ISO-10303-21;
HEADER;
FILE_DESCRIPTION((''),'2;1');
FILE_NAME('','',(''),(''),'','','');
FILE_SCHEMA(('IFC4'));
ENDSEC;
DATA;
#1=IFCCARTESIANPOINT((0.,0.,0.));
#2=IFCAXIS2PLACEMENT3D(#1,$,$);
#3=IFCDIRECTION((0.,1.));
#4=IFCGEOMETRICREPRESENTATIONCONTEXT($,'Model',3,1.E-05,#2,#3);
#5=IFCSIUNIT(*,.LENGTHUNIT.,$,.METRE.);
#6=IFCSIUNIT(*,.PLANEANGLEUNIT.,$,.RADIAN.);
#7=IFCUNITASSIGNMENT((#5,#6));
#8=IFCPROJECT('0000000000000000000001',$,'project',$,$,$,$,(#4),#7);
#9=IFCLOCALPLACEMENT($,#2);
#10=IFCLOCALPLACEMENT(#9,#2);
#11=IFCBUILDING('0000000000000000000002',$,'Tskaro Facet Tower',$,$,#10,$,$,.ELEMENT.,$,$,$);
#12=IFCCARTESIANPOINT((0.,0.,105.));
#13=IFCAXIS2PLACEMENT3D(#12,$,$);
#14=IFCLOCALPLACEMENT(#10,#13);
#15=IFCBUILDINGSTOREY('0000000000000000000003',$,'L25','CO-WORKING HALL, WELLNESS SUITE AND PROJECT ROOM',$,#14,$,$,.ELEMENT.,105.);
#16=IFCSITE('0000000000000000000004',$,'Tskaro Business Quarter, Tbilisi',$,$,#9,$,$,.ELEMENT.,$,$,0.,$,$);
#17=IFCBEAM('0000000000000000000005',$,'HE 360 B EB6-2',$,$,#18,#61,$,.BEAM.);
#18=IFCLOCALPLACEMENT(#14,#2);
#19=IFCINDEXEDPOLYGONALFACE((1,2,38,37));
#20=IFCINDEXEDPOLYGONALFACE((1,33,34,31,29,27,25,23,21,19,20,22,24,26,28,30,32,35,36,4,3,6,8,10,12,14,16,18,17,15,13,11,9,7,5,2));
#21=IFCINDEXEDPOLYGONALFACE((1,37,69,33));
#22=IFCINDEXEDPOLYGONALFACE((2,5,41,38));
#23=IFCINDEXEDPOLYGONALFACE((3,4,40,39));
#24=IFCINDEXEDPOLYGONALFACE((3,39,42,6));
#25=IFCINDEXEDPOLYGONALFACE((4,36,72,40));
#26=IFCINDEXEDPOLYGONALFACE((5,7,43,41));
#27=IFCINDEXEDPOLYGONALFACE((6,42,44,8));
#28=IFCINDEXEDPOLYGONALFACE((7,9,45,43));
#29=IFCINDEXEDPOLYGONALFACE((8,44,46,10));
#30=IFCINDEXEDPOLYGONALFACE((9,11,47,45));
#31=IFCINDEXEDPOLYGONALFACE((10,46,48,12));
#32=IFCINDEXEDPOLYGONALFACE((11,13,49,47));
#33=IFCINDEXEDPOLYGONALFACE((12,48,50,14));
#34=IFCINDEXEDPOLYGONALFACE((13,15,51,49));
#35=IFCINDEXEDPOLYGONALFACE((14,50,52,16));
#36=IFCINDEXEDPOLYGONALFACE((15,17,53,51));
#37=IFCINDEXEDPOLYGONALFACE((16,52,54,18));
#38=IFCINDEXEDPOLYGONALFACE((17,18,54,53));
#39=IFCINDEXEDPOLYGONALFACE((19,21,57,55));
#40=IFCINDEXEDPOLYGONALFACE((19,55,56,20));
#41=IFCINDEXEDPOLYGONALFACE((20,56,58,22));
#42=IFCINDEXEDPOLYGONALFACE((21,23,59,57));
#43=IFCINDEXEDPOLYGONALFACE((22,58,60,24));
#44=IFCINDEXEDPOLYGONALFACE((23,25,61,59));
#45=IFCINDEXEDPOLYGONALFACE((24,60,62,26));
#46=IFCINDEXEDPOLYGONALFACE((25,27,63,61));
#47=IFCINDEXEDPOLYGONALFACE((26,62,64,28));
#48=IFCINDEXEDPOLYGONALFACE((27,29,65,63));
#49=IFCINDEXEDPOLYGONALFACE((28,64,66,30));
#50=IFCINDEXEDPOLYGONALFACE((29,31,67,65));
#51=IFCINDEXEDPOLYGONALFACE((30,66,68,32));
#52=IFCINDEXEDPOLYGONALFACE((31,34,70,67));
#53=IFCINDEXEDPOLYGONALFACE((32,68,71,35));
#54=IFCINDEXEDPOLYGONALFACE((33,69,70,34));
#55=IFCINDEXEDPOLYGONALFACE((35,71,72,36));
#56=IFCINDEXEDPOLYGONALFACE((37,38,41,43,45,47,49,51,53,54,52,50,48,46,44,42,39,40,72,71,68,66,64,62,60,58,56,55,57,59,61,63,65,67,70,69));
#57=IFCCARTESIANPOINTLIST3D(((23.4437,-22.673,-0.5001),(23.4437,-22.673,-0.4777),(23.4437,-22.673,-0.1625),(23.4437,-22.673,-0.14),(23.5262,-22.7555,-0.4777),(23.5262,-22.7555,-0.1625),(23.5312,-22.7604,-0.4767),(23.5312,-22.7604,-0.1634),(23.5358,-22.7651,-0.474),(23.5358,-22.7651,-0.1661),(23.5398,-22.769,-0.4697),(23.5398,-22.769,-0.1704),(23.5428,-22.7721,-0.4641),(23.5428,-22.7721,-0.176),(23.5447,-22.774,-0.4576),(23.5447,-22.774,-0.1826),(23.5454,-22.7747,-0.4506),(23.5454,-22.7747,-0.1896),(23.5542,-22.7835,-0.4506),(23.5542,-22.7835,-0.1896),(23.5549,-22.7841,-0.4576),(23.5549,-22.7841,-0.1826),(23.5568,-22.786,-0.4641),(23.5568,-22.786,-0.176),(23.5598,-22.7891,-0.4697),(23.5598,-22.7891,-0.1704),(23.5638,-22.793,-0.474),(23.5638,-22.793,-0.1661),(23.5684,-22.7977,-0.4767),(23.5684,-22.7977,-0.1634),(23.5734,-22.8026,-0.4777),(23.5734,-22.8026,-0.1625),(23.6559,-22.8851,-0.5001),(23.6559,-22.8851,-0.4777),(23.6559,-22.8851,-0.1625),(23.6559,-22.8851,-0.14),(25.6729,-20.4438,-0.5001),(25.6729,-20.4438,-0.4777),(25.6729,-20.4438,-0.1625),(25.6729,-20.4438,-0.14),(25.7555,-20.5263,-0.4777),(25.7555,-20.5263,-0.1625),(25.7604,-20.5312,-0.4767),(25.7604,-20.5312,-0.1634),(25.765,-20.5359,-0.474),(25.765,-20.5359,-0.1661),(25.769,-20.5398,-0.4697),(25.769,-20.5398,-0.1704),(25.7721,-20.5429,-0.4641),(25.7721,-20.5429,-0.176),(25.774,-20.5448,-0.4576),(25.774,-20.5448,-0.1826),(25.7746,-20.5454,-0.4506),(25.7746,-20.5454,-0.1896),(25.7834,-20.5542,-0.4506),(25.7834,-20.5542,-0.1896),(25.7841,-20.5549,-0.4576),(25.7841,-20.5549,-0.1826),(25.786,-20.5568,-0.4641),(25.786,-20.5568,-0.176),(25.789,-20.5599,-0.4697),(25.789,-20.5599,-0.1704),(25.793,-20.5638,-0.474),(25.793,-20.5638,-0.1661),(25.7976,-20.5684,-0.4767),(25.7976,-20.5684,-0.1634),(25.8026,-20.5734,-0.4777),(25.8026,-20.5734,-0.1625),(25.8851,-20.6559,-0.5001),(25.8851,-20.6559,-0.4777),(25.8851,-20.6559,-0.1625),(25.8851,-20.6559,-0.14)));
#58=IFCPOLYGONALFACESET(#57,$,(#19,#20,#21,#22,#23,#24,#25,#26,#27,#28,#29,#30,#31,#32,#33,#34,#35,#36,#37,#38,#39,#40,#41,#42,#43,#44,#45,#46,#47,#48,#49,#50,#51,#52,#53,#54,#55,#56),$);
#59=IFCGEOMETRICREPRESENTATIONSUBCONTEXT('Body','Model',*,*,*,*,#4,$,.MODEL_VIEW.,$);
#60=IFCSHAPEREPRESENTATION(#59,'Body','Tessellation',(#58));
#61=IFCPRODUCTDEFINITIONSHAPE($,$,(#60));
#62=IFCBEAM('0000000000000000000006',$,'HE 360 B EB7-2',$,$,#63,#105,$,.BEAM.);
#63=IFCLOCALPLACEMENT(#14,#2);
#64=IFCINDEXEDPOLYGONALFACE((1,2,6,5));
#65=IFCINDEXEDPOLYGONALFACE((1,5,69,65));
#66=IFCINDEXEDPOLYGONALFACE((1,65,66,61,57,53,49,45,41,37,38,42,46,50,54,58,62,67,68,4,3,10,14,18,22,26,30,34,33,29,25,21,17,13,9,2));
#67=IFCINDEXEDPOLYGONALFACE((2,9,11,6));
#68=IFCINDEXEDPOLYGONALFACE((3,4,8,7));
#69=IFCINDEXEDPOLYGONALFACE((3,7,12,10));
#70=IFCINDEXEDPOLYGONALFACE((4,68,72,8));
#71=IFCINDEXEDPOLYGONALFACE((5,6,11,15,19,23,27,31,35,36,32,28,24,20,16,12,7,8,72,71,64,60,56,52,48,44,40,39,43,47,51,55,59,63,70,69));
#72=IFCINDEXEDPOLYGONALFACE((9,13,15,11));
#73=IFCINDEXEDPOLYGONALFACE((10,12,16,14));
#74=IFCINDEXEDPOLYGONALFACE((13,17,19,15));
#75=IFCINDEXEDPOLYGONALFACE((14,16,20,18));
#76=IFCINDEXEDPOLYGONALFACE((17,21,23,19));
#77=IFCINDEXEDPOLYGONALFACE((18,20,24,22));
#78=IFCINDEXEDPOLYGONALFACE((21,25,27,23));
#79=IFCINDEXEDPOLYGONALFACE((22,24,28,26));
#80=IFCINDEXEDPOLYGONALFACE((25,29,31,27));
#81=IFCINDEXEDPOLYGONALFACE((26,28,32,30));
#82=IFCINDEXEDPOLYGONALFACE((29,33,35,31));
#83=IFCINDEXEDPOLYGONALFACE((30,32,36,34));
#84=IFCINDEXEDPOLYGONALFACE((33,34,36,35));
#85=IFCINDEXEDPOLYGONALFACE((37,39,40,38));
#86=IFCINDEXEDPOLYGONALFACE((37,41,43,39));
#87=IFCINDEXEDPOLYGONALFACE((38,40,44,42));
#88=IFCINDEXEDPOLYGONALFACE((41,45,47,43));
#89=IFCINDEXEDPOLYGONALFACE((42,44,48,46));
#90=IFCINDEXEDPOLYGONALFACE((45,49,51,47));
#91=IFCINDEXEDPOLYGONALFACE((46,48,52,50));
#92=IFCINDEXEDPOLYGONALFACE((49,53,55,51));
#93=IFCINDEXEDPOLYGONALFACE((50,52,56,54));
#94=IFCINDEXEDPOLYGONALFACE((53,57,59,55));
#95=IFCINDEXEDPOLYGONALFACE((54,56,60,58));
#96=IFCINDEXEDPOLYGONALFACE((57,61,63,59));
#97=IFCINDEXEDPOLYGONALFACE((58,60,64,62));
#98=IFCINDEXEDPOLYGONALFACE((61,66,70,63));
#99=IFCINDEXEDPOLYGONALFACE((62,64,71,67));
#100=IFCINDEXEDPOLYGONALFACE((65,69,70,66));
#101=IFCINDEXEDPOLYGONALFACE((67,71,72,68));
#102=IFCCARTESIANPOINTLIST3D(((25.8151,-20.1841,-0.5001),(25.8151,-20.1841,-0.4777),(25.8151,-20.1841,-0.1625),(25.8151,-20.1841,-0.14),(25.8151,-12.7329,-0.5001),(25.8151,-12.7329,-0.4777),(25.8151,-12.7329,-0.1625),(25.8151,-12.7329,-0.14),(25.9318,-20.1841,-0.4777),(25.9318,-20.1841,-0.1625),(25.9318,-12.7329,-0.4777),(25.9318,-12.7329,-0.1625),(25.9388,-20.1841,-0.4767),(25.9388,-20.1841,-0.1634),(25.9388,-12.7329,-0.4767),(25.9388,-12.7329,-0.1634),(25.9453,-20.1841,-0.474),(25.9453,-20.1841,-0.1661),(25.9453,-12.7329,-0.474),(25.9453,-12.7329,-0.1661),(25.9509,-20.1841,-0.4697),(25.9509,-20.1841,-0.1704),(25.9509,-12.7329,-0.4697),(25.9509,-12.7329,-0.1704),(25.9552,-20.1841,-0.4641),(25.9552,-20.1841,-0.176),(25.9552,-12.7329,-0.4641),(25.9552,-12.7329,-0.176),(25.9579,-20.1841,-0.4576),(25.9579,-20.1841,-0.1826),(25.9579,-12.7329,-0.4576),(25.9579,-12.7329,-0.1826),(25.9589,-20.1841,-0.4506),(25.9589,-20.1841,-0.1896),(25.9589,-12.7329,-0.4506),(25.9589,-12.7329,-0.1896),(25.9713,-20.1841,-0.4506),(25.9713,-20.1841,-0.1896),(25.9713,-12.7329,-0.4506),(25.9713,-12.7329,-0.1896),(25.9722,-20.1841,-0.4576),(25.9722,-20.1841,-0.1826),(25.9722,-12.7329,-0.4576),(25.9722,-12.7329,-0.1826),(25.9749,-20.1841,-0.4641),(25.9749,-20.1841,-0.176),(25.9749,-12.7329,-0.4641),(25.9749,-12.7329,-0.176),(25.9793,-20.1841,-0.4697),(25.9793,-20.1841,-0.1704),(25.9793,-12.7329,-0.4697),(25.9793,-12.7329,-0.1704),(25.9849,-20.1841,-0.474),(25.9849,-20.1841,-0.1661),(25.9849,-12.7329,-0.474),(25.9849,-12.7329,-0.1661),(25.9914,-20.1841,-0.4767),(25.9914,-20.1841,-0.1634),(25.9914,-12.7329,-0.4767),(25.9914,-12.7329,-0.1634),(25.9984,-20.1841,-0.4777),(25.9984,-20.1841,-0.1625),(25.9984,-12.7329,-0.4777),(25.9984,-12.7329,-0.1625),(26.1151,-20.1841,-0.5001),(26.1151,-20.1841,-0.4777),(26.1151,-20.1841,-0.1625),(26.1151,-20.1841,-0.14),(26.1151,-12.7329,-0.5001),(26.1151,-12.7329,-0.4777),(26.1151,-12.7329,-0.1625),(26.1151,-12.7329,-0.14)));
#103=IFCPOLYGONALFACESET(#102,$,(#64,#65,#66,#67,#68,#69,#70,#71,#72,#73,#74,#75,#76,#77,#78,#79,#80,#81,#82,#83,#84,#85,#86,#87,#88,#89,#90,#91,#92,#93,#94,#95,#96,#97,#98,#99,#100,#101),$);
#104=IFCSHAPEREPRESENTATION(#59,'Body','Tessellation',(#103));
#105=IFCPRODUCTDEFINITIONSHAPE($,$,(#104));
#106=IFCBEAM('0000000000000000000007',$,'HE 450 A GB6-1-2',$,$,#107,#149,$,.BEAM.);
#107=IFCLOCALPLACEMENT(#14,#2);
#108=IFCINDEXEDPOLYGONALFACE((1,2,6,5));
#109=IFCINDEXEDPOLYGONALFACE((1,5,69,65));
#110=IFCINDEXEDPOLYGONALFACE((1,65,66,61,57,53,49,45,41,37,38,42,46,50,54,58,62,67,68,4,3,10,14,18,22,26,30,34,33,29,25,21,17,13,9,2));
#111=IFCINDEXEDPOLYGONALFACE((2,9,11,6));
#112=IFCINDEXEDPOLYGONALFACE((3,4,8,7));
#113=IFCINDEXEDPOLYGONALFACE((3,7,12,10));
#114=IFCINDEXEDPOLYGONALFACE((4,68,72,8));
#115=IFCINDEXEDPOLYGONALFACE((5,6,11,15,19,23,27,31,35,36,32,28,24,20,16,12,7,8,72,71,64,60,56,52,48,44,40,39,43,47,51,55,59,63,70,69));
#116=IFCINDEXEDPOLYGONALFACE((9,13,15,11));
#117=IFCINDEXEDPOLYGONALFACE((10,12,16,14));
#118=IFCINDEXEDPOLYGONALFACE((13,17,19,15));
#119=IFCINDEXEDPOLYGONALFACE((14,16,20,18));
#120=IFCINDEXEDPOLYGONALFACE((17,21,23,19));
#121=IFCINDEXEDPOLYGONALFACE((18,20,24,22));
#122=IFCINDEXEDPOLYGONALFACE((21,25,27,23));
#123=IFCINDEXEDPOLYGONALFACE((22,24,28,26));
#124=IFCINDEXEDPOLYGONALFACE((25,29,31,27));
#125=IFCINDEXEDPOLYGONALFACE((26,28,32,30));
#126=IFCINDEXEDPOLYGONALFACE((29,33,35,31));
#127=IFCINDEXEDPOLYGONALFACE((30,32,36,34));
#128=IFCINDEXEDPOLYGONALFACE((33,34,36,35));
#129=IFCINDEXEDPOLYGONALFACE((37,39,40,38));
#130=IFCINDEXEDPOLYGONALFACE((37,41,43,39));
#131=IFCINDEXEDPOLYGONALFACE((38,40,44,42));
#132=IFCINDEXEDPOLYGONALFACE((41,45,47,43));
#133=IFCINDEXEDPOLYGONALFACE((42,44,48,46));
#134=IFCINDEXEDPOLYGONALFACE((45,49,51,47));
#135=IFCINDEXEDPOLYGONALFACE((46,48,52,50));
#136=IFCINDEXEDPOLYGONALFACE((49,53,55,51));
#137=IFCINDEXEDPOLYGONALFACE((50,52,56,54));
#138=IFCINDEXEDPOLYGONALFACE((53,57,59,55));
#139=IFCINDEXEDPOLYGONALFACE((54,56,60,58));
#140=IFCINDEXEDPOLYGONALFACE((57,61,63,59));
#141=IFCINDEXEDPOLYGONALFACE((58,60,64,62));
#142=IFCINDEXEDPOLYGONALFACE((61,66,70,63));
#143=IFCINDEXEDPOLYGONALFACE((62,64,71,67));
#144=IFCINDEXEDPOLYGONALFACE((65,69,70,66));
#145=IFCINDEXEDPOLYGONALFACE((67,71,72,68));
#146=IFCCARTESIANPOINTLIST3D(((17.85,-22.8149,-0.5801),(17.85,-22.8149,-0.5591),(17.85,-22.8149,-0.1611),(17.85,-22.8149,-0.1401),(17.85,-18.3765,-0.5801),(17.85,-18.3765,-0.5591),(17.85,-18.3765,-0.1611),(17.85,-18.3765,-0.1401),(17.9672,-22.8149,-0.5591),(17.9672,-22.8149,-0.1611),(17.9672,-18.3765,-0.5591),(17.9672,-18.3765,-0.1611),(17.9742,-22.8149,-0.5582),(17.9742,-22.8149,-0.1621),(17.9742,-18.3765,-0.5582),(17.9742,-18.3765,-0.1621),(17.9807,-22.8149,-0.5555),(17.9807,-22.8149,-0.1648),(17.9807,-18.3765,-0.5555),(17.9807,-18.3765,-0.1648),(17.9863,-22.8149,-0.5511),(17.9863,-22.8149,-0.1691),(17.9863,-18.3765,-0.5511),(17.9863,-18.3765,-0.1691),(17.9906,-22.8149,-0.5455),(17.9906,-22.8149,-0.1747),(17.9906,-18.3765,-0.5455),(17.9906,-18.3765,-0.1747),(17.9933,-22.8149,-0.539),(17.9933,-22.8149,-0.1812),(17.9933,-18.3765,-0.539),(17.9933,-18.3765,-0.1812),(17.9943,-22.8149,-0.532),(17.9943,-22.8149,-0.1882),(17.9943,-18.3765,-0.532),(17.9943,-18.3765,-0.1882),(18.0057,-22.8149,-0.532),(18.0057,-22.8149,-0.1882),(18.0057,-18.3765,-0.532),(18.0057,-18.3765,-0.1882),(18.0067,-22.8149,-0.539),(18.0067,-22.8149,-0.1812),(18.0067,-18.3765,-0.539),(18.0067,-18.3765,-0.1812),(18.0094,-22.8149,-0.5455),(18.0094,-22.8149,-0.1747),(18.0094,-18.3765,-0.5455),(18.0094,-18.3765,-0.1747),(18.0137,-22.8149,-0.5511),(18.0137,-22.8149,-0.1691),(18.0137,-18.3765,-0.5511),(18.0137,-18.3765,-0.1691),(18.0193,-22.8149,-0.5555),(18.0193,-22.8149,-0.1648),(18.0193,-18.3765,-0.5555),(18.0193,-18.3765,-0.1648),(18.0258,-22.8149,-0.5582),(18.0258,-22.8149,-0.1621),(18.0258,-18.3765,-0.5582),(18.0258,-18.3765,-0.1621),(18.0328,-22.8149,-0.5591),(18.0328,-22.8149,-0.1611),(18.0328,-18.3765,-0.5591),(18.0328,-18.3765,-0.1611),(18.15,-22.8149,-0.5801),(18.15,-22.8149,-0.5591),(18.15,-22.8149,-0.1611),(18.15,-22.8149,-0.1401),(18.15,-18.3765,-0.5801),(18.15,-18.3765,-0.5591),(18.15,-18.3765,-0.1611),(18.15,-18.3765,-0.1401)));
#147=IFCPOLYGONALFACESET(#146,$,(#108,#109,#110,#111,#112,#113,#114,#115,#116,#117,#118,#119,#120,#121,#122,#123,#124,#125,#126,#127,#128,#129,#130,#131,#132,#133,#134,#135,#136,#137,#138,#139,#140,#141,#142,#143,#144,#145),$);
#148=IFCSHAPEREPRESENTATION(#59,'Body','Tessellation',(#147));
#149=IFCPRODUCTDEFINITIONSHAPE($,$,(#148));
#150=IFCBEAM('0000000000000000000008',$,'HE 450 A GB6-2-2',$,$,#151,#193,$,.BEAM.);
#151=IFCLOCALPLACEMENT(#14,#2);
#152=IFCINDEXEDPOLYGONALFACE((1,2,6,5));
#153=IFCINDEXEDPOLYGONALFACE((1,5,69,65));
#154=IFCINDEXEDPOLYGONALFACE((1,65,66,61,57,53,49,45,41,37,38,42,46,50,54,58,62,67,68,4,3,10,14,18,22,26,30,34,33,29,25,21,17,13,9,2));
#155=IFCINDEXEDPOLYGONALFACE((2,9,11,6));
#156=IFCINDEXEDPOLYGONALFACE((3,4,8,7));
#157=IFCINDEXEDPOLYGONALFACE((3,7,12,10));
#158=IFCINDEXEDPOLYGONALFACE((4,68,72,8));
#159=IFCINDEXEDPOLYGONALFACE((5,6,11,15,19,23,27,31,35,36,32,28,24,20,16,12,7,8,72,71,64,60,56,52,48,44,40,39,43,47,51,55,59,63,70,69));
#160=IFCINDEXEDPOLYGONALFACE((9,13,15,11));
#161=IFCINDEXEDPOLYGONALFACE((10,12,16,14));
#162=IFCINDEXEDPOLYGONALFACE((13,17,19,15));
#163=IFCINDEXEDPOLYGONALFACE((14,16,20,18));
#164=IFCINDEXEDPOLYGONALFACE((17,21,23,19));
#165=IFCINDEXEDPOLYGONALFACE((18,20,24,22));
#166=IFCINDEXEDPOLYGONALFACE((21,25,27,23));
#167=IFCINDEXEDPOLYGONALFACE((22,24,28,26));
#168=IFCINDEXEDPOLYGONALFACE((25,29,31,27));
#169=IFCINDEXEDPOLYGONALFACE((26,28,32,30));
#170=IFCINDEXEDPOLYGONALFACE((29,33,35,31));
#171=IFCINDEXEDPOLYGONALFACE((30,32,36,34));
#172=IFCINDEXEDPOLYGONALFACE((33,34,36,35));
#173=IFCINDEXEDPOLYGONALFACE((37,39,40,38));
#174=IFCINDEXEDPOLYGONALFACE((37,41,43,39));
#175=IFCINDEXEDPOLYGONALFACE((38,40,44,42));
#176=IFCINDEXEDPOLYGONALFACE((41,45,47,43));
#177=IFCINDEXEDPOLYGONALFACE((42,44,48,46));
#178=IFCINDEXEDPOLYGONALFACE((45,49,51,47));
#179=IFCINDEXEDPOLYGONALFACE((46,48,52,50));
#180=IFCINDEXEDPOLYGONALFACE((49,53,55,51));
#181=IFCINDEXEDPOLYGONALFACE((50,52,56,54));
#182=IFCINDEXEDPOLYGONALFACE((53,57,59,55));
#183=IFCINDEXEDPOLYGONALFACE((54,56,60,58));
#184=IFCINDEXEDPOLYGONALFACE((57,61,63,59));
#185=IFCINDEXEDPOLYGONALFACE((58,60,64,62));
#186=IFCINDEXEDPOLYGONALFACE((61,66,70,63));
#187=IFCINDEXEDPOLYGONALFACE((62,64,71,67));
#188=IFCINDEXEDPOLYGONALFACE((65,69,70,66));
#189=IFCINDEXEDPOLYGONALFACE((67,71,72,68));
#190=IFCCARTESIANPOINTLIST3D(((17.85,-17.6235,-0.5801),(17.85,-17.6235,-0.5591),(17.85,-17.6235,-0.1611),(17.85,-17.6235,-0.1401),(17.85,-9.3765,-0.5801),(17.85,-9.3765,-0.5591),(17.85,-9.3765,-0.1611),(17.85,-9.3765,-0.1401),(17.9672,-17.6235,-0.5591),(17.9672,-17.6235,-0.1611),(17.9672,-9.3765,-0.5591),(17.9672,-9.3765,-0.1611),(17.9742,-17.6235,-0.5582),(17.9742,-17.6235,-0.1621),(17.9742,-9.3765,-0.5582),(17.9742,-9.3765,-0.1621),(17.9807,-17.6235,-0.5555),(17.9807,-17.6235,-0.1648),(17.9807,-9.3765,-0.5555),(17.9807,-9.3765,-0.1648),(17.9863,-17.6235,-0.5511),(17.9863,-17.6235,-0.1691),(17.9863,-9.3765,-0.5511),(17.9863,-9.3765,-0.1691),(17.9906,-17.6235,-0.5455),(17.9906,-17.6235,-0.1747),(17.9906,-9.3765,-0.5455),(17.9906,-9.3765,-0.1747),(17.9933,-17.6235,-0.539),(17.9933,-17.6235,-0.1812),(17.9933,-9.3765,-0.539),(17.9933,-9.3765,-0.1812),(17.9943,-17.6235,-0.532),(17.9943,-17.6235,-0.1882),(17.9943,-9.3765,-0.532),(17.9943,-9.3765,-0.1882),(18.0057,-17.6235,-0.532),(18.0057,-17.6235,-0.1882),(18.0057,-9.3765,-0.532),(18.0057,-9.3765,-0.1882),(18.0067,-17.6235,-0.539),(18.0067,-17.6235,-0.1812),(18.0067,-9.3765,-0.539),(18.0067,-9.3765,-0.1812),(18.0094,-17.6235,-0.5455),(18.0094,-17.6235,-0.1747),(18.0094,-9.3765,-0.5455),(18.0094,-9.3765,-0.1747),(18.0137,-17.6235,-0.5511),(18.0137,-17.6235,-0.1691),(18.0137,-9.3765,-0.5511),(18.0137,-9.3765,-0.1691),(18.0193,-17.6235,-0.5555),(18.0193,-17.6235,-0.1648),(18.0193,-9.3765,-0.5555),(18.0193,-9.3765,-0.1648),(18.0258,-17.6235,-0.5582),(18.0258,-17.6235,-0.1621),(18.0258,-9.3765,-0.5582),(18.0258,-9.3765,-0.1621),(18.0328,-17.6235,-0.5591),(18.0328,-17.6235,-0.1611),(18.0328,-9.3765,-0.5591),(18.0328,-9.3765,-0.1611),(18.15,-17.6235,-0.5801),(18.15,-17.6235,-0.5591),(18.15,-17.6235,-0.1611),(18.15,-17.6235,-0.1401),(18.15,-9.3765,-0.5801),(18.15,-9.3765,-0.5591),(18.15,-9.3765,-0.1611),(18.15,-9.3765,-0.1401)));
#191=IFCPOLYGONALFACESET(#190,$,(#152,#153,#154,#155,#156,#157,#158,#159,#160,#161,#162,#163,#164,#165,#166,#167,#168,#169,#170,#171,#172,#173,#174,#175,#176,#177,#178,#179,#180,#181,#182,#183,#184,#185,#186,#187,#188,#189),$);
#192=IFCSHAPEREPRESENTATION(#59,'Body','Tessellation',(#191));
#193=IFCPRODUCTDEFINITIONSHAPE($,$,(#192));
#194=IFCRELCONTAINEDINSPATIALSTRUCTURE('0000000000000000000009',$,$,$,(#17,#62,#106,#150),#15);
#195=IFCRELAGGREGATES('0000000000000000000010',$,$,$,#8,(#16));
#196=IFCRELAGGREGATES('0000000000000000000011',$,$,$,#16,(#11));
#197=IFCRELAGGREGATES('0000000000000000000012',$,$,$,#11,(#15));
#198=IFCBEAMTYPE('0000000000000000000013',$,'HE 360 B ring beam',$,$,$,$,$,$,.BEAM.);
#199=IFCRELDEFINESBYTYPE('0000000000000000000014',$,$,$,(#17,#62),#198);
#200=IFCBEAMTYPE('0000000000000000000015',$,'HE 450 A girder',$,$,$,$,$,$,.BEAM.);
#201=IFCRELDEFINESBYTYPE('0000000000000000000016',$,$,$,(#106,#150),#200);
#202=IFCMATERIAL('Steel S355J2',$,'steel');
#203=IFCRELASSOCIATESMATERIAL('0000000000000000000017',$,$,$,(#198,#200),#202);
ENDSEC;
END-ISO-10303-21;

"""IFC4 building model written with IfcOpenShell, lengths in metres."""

from ifc_helpers import new_model, si_unit, direction, frame, origin, origin_2d, place, context, subcontext, project, spatial, i_section, extrude, material, material_profile, profile_set, type_object, element, save


model = new_model("IFC4")

# Units and contexts
model_context = context("Model", 3, precision=1e-05, world=origin(), true_north=direction((0.0, 1.0)))
body_context = subcontext(model_context, "Body", "Model", "MODEL_VIEW")
ifc_project = project(units=[si_unit("LENGTHUNIT", "METRE"), si_unit("PLANEANGLEUNIT", "RADIAN")], contexts=[model_context])

# Site, building, storey
site_placement = place(None, origin())
site = spatial("IfcSite", under=ifc_project, at=site_placement, Name="Tskaro Business Quarter, Tbilisi", CompositionType="ELEMENT", RefElevation=0.0)
building_placement = place(site_placement, origin())
building = spatial("IfcBuilding", under=site, at=building_placement, Name="Tskaro Facet Tower", CompositionType="ELEMENT")
storey_placement = place(building_placement, frame((0.0, 0.0, 105.0)))
storey = spatial("IfcBuildingStorey", under=building, at=storey_placement, Name="L25", Description="CO-WORKING HALL, WELLNESS SUITE AND PROJECT ROOM", CompositionType="ELEMENT", Elevation=105.0)

# Beams
ifc_material_1 = material(Name="Steel S355J2", Category="steel")
ifc_material_profile_1 = material_profile(ifc_material_1, i_section(OverallWidth=0.3, OverallDepth=0.3601, WebThickness=0.0125, FlangeThickness=0.0225, FilletRadius=0.0271, at=origin_2d()), Name="HE 360 B")
ifc_profile_set_1 = profile_set([ifc_material_profile_1], Name="Steel S355J2")
beam_type_1 = type_object("IfcBeamType", Name="HE 360 B ring beam", PredefinedType="BEAM", material=ifc_profile_set_1)
beam_1_placement = place(storey_placement, frame((23.5498, -22.7791, -0.3201), z_axis=(0.707107, 0.707107, 0.0), x_axis=(-0.707107, 0.707107, 0.0)))
element("IfcBeam", 1, at=beam_1_placement, inside=storey, type_object=beam_type_1, Name="HE 360 B EB6-2", PredefinedType="BEAM", context=body_context, shape_type="SweptSolid", body=[
    extrude(i_section(OverallWidth=0.3, OverallDepth=0.3601, WebThickness=0.0125, FlangeThickness=0.0225, FilletRadius=0.0271, at=origin_2d()), origin(), (0.0, 0.0, 1.0), 3.1526),
])
beam_2_placement = place(storey_placement, frame((25.9651, -20.1841, -0.3201), z_axis=(0.0, 1.0, 0.0), x_axis=(-1.0, 0.0, 0.0)))
element("IfcBeam", 2, at=beam_2_placement, inside=storey, type_object=beam_type_1, Name="HE 360 B EB7-2", PredefinedType="BEAM", context=body_context, shape_type="SweptSolid", body=[
    extrude(i_section(OverallWidth=0.3, OverallDepth=0.3601, WebThickness=0.0125, FlangeThickness=0.0225, FilletRadius=0.0271, at=origin_2d()), origin(), (0.0, 0.0, 1.0), 7.4512),
])
ifc_material_profile_2 = material_profile(ifc_material_1, i_section(OverallWidth=0.3, OverallDepth=0.4399, WebThickness=0.0115, FlangeThickness=0.021, FilletRadius=0.0271, at=origin_2d()), Name="HE 450 A")
ifc_profile_set_2 = profile_set([ifc_material_profile_2], Name="Steel S355J2")
beam_type_2 = type_object("IfcBeamType", Name="HE 450 A girder", PredefinedType="BEAM", material=ifc_profile_set_2)
beam_3_placement = place(storey_placement, frame((18.0, -22.8149, -0.3601), z_axis=(0.0, 1.0, 0.0), x_axis=(-1.0, 0.0, 0.0)))
element("IfcBeam", 3, at=beam_3_placement, inside=storey, type_object=beam_type_2, Name="HE 450 A GB6-1-2", PredefinedType="BEAM", context=body_context, shape_type="SweptSolid", body=[
    extrude(i_section(OverallWidth=0.3, OverallDepth=0.4399, WebThickness=0.0115, FlangeThickness=0.021, FilletRadius=0.0271, at=origin_2d()), origin(), (0.0, 0.0, 1.0), 4.4385),
])
beam_4_placement = place(storey_placement, frame((18.0, -17.6235, -0.3601), z_axis=(0.0, 1.0, 0.0), x_axis=(-1.0, 0.0, 0.0)))
element("IfcBeam", 4, at=beam_4_placement, inside=storey, type_object=beam_type_2, Name="HE 450 A GB6-2-2", PredefinedType="BEAM", context=body_context, shape_type="SweptSolid", body=[
    extrude(i_section(OverallWidth=0.3, OverallDepth=0.4399, WebThickness=0.0115, FlangeThickness=0.021, FilletRadius=0.0271, at=origin_2d()), origin(), (0.0, 0.0, 1.0), 8.2471),
])

save(model, "model.ifc")
